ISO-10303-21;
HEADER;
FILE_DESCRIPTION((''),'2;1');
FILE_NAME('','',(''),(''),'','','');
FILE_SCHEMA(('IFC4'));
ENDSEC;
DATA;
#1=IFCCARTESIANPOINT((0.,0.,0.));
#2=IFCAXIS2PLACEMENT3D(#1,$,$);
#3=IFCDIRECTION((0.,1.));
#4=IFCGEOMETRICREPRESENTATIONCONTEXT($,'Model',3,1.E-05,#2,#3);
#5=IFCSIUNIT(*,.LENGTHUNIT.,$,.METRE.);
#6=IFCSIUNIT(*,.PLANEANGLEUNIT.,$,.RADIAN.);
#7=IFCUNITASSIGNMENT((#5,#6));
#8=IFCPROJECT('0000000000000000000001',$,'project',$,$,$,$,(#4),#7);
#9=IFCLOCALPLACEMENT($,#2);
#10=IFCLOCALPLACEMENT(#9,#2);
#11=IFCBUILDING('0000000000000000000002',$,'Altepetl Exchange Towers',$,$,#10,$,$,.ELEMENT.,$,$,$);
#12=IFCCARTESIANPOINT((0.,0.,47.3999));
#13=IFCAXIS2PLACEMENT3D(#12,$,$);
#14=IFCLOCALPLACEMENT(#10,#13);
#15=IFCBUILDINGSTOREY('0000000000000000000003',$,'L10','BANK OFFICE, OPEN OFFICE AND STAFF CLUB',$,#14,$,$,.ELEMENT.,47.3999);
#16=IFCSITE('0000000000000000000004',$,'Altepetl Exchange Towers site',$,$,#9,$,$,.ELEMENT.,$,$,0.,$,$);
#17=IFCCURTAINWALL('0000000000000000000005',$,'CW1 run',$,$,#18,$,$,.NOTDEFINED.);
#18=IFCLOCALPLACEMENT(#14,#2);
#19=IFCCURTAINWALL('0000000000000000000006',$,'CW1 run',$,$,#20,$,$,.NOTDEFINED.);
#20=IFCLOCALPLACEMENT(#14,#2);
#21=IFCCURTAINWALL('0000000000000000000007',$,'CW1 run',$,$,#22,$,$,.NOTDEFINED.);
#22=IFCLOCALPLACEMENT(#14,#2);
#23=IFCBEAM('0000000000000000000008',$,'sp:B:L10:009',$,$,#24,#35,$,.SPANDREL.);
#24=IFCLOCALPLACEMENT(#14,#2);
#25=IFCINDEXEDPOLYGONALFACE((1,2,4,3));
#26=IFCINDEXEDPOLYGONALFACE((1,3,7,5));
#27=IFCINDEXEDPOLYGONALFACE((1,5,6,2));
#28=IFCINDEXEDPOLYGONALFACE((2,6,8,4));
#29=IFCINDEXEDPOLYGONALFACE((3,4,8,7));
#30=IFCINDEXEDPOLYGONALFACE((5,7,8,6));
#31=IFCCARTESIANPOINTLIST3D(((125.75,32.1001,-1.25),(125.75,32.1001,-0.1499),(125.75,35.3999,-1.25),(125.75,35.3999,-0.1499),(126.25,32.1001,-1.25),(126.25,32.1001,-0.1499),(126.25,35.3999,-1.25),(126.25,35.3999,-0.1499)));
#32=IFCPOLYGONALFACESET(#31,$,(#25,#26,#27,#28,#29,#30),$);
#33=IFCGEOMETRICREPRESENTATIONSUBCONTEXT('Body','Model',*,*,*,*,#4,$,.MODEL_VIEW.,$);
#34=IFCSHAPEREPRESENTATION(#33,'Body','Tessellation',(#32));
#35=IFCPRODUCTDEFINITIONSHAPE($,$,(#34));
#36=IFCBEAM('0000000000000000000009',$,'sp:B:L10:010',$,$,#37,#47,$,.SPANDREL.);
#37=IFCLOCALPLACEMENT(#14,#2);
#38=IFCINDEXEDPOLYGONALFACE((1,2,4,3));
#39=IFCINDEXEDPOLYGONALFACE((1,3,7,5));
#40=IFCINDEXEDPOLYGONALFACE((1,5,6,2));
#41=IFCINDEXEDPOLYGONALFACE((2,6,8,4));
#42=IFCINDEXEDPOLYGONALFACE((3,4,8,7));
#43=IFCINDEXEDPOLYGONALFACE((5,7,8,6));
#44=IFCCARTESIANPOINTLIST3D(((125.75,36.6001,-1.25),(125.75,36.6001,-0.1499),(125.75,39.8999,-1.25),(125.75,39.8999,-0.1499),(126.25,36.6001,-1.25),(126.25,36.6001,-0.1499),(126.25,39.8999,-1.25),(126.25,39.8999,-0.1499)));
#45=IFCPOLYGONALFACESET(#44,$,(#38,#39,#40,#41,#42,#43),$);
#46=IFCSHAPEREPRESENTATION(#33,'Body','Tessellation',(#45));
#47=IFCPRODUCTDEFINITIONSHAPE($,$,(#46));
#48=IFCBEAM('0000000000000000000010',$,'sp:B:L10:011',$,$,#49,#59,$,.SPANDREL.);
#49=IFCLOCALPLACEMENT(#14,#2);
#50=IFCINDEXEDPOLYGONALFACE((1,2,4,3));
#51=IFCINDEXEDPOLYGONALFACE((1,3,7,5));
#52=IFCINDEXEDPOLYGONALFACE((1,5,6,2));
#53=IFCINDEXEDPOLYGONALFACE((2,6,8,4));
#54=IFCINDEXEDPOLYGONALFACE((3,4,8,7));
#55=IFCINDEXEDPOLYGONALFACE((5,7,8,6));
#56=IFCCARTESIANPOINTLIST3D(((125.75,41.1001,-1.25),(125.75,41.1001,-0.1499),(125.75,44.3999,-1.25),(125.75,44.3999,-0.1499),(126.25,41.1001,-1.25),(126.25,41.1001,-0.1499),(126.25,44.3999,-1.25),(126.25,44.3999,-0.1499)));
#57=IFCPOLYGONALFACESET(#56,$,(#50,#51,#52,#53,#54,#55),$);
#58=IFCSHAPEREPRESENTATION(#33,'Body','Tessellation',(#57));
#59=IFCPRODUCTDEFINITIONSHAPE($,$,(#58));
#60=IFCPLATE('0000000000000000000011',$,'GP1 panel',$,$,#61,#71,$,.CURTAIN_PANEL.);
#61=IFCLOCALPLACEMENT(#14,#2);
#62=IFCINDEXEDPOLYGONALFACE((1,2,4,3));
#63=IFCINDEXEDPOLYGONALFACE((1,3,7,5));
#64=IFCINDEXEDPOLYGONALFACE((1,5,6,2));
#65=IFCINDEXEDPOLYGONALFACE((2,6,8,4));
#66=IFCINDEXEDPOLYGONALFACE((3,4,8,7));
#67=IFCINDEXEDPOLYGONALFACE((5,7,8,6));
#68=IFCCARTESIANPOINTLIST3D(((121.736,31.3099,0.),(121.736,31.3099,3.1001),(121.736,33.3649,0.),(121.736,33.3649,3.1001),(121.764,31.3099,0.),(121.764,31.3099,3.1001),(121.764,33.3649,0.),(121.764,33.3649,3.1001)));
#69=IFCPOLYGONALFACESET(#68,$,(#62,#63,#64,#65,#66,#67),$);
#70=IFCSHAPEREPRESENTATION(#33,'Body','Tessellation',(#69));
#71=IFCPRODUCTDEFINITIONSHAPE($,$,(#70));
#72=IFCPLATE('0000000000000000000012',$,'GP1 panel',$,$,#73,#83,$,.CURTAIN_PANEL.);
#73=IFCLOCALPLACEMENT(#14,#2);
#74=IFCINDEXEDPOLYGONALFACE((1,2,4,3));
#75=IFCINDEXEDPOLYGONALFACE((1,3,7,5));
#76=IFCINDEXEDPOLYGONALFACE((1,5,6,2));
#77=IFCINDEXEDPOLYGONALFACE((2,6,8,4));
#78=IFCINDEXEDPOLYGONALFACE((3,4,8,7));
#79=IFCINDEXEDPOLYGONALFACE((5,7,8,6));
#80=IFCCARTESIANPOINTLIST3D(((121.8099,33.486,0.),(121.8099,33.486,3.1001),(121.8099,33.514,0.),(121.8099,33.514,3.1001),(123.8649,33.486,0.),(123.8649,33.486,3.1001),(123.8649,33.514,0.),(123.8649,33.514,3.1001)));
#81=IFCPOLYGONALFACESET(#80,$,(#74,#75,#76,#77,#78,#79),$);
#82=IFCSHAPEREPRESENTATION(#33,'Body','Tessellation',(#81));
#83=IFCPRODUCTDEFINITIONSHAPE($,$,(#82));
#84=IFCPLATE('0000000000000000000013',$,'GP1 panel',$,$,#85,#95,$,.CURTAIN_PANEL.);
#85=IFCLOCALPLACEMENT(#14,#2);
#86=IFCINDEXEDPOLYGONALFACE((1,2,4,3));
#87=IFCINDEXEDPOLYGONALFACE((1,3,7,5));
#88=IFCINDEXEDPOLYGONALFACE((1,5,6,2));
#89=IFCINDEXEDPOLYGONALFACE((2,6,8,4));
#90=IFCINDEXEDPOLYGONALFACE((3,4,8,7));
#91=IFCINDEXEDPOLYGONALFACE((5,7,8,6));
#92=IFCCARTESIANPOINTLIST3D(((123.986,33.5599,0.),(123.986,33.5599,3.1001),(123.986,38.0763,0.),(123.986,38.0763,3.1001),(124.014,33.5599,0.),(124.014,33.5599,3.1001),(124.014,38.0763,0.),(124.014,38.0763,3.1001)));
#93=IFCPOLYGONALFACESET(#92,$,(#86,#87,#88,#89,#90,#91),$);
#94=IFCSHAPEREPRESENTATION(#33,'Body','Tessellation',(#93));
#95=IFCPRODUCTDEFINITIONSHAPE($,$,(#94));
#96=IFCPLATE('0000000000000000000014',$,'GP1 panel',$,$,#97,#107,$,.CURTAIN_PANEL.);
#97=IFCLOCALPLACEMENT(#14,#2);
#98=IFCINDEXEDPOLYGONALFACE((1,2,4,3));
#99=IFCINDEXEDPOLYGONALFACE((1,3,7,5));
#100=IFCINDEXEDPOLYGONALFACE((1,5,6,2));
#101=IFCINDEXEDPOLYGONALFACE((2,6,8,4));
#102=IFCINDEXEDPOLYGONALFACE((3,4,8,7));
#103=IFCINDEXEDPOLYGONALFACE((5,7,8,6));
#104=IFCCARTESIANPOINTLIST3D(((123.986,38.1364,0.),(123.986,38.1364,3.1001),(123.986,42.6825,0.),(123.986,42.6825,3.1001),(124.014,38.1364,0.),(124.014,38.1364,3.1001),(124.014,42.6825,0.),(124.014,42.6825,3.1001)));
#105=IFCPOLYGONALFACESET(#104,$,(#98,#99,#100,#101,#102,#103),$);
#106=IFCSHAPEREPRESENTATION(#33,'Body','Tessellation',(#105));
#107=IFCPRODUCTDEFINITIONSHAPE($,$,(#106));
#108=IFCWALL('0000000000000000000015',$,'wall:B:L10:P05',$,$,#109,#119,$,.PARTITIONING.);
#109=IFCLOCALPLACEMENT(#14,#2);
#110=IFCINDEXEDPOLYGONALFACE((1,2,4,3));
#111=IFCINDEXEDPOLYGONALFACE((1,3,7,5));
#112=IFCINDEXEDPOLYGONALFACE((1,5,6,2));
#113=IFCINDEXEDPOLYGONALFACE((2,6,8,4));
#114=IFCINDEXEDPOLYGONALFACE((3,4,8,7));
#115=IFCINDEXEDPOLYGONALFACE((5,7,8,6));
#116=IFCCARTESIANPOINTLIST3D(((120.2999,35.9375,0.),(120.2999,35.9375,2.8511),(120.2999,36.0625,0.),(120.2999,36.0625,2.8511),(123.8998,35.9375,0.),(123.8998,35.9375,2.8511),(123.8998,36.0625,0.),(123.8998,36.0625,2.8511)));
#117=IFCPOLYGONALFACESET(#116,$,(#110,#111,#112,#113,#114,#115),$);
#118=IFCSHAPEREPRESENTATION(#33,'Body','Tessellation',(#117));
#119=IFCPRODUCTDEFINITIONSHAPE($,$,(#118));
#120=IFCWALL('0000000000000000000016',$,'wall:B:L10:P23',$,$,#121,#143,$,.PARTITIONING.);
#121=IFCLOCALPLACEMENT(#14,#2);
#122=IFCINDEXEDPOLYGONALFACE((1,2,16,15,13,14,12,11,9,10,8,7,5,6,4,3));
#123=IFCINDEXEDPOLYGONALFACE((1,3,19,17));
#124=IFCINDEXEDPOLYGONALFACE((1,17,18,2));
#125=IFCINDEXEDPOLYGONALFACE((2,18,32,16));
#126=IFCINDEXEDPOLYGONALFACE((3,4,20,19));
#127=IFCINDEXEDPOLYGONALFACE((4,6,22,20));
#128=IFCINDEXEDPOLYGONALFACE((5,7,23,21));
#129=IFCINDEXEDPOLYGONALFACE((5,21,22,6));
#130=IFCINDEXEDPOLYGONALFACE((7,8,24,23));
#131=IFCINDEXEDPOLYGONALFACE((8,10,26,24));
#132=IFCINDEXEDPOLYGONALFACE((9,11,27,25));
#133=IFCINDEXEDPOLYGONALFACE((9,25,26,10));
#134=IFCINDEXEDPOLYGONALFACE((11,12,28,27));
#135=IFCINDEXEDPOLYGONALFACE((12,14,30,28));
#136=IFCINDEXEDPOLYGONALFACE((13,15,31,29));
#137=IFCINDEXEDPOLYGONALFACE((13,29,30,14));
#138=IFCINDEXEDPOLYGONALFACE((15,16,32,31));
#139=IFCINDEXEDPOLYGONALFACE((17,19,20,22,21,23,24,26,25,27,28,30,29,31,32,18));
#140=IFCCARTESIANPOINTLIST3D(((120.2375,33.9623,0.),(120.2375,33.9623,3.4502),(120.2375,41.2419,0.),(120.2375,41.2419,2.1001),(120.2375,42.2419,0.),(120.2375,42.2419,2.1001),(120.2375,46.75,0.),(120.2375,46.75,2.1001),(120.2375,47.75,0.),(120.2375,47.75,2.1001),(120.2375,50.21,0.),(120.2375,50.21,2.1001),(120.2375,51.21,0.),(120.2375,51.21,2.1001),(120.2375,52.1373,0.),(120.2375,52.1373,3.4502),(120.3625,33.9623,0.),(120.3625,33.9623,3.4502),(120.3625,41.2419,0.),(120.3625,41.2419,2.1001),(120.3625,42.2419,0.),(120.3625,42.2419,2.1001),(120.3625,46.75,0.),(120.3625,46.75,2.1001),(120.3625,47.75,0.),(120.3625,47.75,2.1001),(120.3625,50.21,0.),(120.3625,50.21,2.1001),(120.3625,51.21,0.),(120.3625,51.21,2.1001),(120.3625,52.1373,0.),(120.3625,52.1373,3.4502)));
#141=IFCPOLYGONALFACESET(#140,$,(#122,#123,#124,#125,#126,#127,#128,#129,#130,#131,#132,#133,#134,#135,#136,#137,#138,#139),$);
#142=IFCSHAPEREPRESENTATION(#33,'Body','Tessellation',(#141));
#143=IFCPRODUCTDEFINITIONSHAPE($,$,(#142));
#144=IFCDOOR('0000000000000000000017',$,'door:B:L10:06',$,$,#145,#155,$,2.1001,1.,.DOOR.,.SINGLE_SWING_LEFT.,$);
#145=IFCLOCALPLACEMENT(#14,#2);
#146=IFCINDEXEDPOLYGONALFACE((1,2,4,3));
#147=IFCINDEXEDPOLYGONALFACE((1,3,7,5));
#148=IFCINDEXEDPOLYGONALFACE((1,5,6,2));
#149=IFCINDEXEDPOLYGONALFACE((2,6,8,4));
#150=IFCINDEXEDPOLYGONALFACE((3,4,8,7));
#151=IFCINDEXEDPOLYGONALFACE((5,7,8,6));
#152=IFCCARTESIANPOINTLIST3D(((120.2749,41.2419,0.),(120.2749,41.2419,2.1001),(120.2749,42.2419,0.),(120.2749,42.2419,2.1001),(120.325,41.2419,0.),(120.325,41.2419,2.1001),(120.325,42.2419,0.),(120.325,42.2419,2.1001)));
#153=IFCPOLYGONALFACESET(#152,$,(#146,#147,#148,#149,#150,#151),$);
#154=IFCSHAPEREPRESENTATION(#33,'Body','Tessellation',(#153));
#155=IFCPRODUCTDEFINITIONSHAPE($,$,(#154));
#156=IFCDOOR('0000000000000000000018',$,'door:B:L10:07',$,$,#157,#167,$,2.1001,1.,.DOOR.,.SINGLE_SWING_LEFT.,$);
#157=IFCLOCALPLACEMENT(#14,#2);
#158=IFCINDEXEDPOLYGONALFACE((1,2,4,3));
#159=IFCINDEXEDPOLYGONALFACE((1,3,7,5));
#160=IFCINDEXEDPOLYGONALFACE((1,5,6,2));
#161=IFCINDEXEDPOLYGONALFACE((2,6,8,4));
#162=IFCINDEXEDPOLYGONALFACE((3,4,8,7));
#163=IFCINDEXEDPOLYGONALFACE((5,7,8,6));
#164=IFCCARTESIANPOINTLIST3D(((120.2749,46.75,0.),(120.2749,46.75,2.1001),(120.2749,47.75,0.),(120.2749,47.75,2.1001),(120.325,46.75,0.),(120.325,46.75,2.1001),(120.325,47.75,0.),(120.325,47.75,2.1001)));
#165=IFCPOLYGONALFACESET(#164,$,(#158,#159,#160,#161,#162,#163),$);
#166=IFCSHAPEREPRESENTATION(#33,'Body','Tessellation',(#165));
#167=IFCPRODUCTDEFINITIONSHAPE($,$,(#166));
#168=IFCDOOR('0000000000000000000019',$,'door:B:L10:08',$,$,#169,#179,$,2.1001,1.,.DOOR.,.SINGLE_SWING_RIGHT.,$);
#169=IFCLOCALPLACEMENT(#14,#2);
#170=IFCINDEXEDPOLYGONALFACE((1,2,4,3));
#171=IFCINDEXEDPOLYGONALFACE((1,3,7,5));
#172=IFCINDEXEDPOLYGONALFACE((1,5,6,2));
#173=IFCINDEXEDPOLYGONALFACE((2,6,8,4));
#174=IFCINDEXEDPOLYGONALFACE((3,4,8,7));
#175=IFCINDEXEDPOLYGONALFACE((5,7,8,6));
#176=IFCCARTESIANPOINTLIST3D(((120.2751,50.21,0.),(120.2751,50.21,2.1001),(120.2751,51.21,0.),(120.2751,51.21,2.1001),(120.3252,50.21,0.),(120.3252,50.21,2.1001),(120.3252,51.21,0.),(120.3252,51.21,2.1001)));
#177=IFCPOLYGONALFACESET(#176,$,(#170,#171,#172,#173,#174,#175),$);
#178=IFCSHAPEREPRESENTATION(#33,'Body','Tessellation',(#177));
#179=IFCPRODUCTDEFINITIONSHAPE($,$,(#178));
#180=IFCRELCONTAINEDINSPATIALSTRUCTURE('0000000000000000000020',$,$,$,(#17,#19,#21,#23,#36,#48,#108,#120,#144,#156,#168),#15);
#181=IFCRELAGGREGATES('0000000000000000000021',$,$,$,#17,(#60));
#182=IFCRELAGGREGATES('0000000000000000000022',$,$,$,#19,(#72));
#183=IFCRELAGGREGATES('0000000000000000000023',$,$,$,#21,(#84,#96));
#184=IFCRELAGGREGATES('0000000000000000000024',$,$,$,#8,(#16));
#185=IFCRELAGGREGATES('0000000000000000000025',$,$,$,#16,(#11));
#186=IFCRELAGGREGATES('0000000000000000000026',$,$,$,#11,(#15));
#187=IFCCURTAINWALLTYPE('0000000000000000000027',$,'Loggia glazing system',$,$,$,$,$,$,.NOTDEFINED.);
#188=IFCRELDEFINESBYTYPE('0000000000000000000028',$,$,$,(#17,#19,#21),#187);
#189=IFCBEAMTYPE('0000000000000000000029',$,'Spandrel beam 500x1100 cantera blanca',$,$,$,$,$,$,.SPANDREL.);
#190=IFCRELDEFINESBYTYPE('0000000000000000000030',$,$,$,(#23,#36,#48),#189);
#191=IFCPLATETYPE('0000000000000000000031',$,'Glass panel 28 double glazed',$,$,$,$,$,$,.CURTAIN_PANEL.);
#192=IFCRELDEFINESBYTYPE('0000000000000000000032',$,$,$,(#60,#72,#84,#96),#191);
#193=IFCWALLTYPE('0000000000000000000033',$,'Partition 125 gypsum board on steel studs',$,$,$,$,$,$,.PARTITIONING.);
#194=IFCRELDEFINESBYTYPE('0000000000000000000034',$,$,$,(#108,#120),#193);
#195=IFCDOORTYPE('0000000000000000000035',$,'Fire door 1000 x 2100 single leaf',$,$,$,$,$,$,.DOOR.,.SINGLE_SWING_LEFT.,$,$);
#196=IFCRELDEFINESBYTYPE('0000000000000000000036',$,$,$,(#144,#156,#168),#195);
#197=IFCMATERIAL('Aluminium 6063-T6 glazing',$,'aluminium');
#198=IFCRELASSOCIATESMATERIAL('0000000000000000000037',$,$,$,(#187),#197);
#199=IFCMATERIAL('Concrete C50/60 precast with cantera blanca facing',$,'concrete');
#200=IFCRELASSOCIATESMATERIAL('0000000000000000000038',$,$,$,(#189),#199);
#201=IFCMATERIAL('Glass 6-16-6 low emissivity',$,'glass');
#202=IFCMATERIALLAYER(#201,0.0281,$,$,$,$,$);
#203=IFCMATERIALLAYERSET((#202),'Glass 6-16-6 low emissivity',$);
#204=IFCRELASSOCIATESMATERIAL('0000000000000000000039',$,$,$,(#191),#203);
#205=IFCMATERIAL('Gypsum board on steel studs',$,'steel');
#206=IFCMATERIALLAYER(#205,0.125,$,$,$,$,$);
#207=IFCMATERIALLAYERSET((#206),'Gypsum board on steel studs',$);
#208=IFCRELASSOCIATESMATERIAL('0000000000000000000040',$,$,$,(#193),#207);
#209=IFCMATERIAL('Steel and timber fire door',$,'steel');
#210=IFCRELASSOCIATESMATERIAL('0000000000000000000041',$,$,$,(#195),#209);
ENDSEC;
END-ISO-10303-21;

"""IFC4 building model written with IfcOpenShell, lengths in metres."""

from ifc_helpers import new_model, si_unit, direction, frame, frame_2d, origin, origin_2d, place, context, subcontext, project, spatial, rectangle, extrude, material, layer, layer_set, material_profile, profile_set, type_object, element, fill, aggregate, save


model = new_model("IFC4")

# Units and contexts
model_context = context("Model", 3, precision=1e-05, world=origin(), true_north=direction((0.0, 1.0)))
body_context = subcontext(model_context, "Body", "Model", "MODEL_VIEW")
ifc_project = project(units=[si_unit("LENGTHUNIT", "METRE"), si_unit("PLANEANGLEUNIT", "RADIAN")], contexts=[model_context])

# Site, building, storey
site_placement = place(None, origin())
site = spatial("IfcSite", under=ifc_project, at=site_placement, Name="Altepetl Exchange Towers site", CompositionType="ELEMENT", RefElevation=0.0)
building_placement = place(site_placement, origin())
building = spatial("IfcBuilding", under=site, at=building_placement, Name="Altepetl Exchange Towers", CompositionType="ELEMENT")
storey_placement = place(building_placement, frame((0.0, 0.0, 47.3999)))
storey = spatial("IfcBuildingStorey", under=building, at=storey_placement, Name="L10", Description="BANK OFFICE, OPEN OFFICE AND STAFF CLUB", CompositionType="ELEMENT", Elevation=47.3999)

# Curtain wall
ifc_material_1 = material(Name="Aluminium 6063-T6 glazing", Category="aluminium")
curtain_wall_type = type_object("IfcCurtainWallType", Name="Loggia glazing system", PredefinedType="NOTDEFINED", material=ifc_material_1)
curtain_wall_1_placement = place(storey_placement, origin())
curtain_wall_1 = element("IfcCurtainWall", 1, at=curtain_wall_1_placement, inside=storey, type_object=curtain_wall_type, Name="CW1 run", PredefinedType="NOTDEFINED")

# Curtain walls
curtain_wall_2_placement = place(storey_placement, origin())
curtain_wall_2 = element("IfcCurtainWall", 2, at=curtain_wall_2_placement, inside=storey, type_object=curtain_wall_type, Name="CW1 run", PredefinedType="NOTDEFINED")
curtain_wall_3_placement = place(storey_placement, origin())
curtain_wall_3 = element("IfcCurtainWall", 3, at=curtain_wall_3_placement, inside=storey, type_object=curtain_wall_type, Name="CW1 run", PredefinedType="NOTDEFINED")

# Beams
ifc_material_2 = material(Name="Concrete C50/60 precast with cantera blanca facing", Category="concrete")
ifc_material_profile_1 = material_profile(ifc_material_2, rectangle(XDim=0.5, YDim=1.1001, at=origin_2d()), Name="500 x 1100")
ifc_profile_set_1 = profile_set([ifc_material_profile_1], Name="Concrete C50/60 precast with cantera blanca facing")
beam_type_1 = type_object("IfcBeamType", Name="Spandrel beam 500x1100 cantera blanca", PredefinedType="SPANDREL", material=ifc_profile_set_1)
for number, where, z_axis, x_axis, name in (
    (4, (126.0, 32.1001, -0.7), (0.0, 1.0, 0.0), (-1.0, 0.0, 0.0), "sp:B:L10:009"),
    (5, (126.0, 36.6001, -0.7), (0.0, 1.0, 0.0), (-1.0, 0.0, 0.0), "sp:B:L10:010"),
    (6, (126.0, 41.1001, -0.7), (0.0, 1.0, 0.0), (-1.0, 0.0, 0.0), "sp:B:L10:011"),
):
    element("IfcBeam", number, at=place(storey_placement, frame(where, z_axis=z_axis, x_axis=x_axis)), inside=storey, type_object=beam_type_1, Name=name, PredefinedType="SPANDREL", context=body_context, shape_type="SweptSolid", body=[
        extrude(rectangle(XDim=0.5, YDim=1.1001, at=origin_2d()), origin(), (0.0, 0.0, 1.0), 3.2998),
    ])

# Plates
ifc_material_3 = material(Name="Glass 6-16-6 low emissivity", Category="glass")
ifc_layer_1 = layer(ifc_material_3, 0.0281)
ifc_layer_set_1 = layer_set([ifc_layer_1], Name="Glass 6-16-6 low emissivity")
plate_type = type_object("IfcPlateType", Name="Glass panel 28 double glazed", PredefinedType="CURTAIN_PANEL", material=ifc_layer_set_1)
plate_1_placement = place(storey_placement, frame((121.75, 32.3374, 0.0), z_axis=(0.0, 0.0, 1.0), x_axis=(0.0, 1.0, 0.0)))
plate_1 = element("IfcPlate", 7, at=plate_1_placement, type_object=plate_type, Name="GP1 panel", PredefinedType="CURTAIN_PANEL", context=body_context, shape_type="SweptSolid", body=[
    extrude(rectangle(XDim=2.0549, YDim=0.0281, at=origin_2d()), origin(), (0.0, 0.0, 1.0), 3.1001),
])
aggregate(curtain_wall_1, [plate_1])
plate_2_placement = place(storey_placement, frame((122.8374, 33.5, 0.0)))
plate_2 = element("IfcPlate", 8, at=plate_2_placement, type_object=plate_type, Name="GP1 panel", PredefinedType="CURTAIN_PANEL", context=body_context, shape_type="SweptSolid", body=[
    extrude(rectangle(XDim=2.0549, YDim=0.0281, at=origin_2d()), origin(), (0.0, 0.0, 1.0), 3.1001),
])
aggregate(curtain_wall_2, [plate_2])
plate_3_placement = place(storey_placement, frame((124.0, 35.8181, 0.0), z_axis=(0.0, 0.0, 1.0), x_axis=(0.0, 1.0, 0.0)))
plate_3 = element("IfcPlate", 9, at=plate_3_placement, type_object=plate_type, Name="GP1 panel", PredefinedType="CURTAIN_PANEL", context=body_context, shape_type="SweptSolid", body=[
    extrude(rectangle(XDim=4.5164, YDim=0.0281, at=origin_2d()), origin(), (0.0, 0.0, 1.0), 3.1001),
])
plate_4_placement = place(storey_placement, frame((124.0, 40.4094, 0.0), z_axis=(0.0, 0.0, 1.0), x_axis=(0.0, 1.0, 0.0)))
plate_4 = element("IfcPlate", 10, at=plate_4_placement, type_object=plate_type, Name="GP1 panel", PredefinedType="CURTAIN_PANEL", context=body_context, shape_type="SweptSolid", body=[
    extrude(rectangle(XDim=4.5461, YDim=0.0281, at=origin_2d()), origin(), (0.0, 0.0, 1.0), 3.1001),
])
aggregate(curtain_wall_3, [plate_3, plate_4])

# Wall
ifc_material_4 = material(Name="Gypsum board on steel studs", Category="steel")
ifc_layer_2 = layer(ifc_material_4, 0.125)
ifc_layer_set_2 = layer_set([ifc_layer_2], Name="Gypsum board on steel studs")
wall_type = type_object("IfcWallType", Name="Partition 125 gypsum board on steel studs", PredefinedType="PARTITIONING", material=ifc_layer_set_2)
wall_1_placement = place(storey_placement, frame((120.3, 36.0, 0.0)))
element("IfcWall", 11, at=wall_1_placement, inside=storey, type_object=wall_type, Name="wall:B:L10:P05", PredefinedType="PARTITIONING", context=body_context, shape_type="SweptSolid", body=[
    extrude(rectangle(XDim=3.5999, YDim=0.125, at=frame_2d((1.7998, 0.0))), origin(), (0.0, 0.0, 1.0), 2.8511),
])

# Wall, openings, doors
wall_2_placement = place(storey_placement, frame((120.3, 33.9624, 0.0), z_axis=(0.0, 0.0, 1.0), x_axis=(0.0, 1.0, 0.0)))
wall_2 = element("IfcWall", 12, at=wall_2_placement, inside=storey, type_object=wall_type, Name="wall:B:L10:P23", PredefinedType="PARTITIONING", context=body_context, shape_type="SweptSolid", body=[
    extrude(rectangle(XDim=18.175, YDim=0.125, at=frame_2d((9.0874, 0.0))), origin(), (0.0, 0.0, 1.0), 3.4502),
])
opening_1_placement = place(wall_2_placement, frame((7.2795, 0.0, 0.0)))
opening_1 = element("IfcOpeningElement", 13, at=opening_1_placement, cuts=wall_2, PredefinedType="OPENING", context=body_context, shape_type="SweptSolid", body=[
    extrude(rectangle(XDim=1.0, YDim=2.1001, at=frame_2d((0.5, 1.05))), frame((0.0, 0.0725, 0.0), z_axis=(0.0, -1.0, 0.0), x_axis=(1.0, 0.0, 0.0)), (0.0, 0.0, 1.0), 0.145),
])
opening_2_placement = place(wall_2_placement, frame((12.7876, 0.0, 0.0)))
opening_2 = element("IfcOpeningElement", 14, at=opening_2_placement, cuts=wall_2, PredefinedType="OPENING", context=body_context, shape_type="SweptSolid", body=[
    extrude(rectangle(XDim=1.0, YDim=2.1001, at=frame_2d((0.5, 1.05))), frame((0.0, 0.0725, 0.0), z_axis=(0.0, -1.0, 0.0), x_axis=(1.0, 0.0, 0.0)), (0.0, 0.0, 1.0), 0.145),
])
opening_3_placement = place(wall_2_placement, frame((16.2476, 0.0, 0.0)))
opening_3 = element("IfcOpeningElement", 15, at=opening_3_placement, cuts=wall_2, PredefinedType="OPENING", context=body_context, shape_type="SweptSolid", body=[
    extrude(rectangle(XDim=1.0, YDim=2.1001, at=frame_2d((0.5, 1.05))), frame((0.0, 0.0725, 0.0), z_axis=(0.0, -1.0, 0.0), x_axis=(1.0, 0.0, 0.0)), (0.0, 0.0, 1.0), 0.145),
])
ifc_material_5 = material(Name="Steel and timber fire door", Category="steel")
door_type = type_object("IfcDoorType", Name="Fire door 1000 x 2100 single leaf", OperationType="SINGLE_SWING_LEFT", PredefinedType="DOOR", material=ifc_material_5)
door_1_placement = place(opening_1_placement, frame((1.0, 0.0, 0.0), x_axis=(-1.0, 0.0, 0.0)))
door_1 = element("IfcDoor", 16, at=door_1_placement, inside=storey, type_object=door_type, Name="door:B:L10:06", OperationType="SINGLE_SWING_LEFT", OverallHeight=2.1001, OverallWidth=1.0, PredefinedType="DOOR", context=body_context, shape_type="SweptSolid", body=[
    extrude(rectangle(XDim=1.0, YDim=2.1001, at=frame_2d((0.5, 1.05))), frame((0.0, 0.0249, 0.0), z_axis=(0.0, -1.0, 0.0), x_axis=(1.0, 0.0, 0.0)), (0.0, 0.0, 1.0), 0.05),
])
fill(opening_1, door_1)
door_2_placement = place(opening_2_placement, frame((1.0, 0.0, 0.0), x_axis=(-1.0, 0.0, 0.0)))
door_2 = element("IfcDoor", 17, at=door_2_placement, inside=storey, type_object=door_type, Name="door:B:L10:07", OperationType="SINGLE_SWING_LEFT", OverallHeight=2.1001, OverallWidth=1.0, PredefinedType="DOOR", context=body_context, shape_type="SweptSolid", body=[
    extrude(rectangle(XDim=1.0, YDim=2.1001, at=frame_2d((0.5, 1.05))), frame((0.0, 0.0249, 0.0), z_axis=(0.0, -1.0, 0.0), x_axis=(1.0, 0.0, 0.0)), (0.0, 0.0, 1.0), 0.05),
])
fill(opening_2, door_2)
door_3_placement = place(opening_3_placement, origin())
door_3 = element("IfcDoor", 18, at=door_3_placement, inside=storey, type_object=door_type, Name="door:B:L10:08", OperationType="SINGLE_SWING_RIGHT", OverallHeight=2.1001, OverallWidth=1.0, PredefinedType="DOOR", context=body_context, shape_type="SweptSolid", body=[
    extrude(rectangle(XDim=1.0, YDim=2.1001, at=frame_2d((0.5, 1.05))), frame((0.0, 0.0249, 0.0), z_axis=(0.0, -1.0, 0.0), x_axis=(1.0, 0.0, 0.0)), (0.0, 0.0, 1.0), 0.05),
])
fill(opening_3, door_3)

save(model, "model.ifc")
